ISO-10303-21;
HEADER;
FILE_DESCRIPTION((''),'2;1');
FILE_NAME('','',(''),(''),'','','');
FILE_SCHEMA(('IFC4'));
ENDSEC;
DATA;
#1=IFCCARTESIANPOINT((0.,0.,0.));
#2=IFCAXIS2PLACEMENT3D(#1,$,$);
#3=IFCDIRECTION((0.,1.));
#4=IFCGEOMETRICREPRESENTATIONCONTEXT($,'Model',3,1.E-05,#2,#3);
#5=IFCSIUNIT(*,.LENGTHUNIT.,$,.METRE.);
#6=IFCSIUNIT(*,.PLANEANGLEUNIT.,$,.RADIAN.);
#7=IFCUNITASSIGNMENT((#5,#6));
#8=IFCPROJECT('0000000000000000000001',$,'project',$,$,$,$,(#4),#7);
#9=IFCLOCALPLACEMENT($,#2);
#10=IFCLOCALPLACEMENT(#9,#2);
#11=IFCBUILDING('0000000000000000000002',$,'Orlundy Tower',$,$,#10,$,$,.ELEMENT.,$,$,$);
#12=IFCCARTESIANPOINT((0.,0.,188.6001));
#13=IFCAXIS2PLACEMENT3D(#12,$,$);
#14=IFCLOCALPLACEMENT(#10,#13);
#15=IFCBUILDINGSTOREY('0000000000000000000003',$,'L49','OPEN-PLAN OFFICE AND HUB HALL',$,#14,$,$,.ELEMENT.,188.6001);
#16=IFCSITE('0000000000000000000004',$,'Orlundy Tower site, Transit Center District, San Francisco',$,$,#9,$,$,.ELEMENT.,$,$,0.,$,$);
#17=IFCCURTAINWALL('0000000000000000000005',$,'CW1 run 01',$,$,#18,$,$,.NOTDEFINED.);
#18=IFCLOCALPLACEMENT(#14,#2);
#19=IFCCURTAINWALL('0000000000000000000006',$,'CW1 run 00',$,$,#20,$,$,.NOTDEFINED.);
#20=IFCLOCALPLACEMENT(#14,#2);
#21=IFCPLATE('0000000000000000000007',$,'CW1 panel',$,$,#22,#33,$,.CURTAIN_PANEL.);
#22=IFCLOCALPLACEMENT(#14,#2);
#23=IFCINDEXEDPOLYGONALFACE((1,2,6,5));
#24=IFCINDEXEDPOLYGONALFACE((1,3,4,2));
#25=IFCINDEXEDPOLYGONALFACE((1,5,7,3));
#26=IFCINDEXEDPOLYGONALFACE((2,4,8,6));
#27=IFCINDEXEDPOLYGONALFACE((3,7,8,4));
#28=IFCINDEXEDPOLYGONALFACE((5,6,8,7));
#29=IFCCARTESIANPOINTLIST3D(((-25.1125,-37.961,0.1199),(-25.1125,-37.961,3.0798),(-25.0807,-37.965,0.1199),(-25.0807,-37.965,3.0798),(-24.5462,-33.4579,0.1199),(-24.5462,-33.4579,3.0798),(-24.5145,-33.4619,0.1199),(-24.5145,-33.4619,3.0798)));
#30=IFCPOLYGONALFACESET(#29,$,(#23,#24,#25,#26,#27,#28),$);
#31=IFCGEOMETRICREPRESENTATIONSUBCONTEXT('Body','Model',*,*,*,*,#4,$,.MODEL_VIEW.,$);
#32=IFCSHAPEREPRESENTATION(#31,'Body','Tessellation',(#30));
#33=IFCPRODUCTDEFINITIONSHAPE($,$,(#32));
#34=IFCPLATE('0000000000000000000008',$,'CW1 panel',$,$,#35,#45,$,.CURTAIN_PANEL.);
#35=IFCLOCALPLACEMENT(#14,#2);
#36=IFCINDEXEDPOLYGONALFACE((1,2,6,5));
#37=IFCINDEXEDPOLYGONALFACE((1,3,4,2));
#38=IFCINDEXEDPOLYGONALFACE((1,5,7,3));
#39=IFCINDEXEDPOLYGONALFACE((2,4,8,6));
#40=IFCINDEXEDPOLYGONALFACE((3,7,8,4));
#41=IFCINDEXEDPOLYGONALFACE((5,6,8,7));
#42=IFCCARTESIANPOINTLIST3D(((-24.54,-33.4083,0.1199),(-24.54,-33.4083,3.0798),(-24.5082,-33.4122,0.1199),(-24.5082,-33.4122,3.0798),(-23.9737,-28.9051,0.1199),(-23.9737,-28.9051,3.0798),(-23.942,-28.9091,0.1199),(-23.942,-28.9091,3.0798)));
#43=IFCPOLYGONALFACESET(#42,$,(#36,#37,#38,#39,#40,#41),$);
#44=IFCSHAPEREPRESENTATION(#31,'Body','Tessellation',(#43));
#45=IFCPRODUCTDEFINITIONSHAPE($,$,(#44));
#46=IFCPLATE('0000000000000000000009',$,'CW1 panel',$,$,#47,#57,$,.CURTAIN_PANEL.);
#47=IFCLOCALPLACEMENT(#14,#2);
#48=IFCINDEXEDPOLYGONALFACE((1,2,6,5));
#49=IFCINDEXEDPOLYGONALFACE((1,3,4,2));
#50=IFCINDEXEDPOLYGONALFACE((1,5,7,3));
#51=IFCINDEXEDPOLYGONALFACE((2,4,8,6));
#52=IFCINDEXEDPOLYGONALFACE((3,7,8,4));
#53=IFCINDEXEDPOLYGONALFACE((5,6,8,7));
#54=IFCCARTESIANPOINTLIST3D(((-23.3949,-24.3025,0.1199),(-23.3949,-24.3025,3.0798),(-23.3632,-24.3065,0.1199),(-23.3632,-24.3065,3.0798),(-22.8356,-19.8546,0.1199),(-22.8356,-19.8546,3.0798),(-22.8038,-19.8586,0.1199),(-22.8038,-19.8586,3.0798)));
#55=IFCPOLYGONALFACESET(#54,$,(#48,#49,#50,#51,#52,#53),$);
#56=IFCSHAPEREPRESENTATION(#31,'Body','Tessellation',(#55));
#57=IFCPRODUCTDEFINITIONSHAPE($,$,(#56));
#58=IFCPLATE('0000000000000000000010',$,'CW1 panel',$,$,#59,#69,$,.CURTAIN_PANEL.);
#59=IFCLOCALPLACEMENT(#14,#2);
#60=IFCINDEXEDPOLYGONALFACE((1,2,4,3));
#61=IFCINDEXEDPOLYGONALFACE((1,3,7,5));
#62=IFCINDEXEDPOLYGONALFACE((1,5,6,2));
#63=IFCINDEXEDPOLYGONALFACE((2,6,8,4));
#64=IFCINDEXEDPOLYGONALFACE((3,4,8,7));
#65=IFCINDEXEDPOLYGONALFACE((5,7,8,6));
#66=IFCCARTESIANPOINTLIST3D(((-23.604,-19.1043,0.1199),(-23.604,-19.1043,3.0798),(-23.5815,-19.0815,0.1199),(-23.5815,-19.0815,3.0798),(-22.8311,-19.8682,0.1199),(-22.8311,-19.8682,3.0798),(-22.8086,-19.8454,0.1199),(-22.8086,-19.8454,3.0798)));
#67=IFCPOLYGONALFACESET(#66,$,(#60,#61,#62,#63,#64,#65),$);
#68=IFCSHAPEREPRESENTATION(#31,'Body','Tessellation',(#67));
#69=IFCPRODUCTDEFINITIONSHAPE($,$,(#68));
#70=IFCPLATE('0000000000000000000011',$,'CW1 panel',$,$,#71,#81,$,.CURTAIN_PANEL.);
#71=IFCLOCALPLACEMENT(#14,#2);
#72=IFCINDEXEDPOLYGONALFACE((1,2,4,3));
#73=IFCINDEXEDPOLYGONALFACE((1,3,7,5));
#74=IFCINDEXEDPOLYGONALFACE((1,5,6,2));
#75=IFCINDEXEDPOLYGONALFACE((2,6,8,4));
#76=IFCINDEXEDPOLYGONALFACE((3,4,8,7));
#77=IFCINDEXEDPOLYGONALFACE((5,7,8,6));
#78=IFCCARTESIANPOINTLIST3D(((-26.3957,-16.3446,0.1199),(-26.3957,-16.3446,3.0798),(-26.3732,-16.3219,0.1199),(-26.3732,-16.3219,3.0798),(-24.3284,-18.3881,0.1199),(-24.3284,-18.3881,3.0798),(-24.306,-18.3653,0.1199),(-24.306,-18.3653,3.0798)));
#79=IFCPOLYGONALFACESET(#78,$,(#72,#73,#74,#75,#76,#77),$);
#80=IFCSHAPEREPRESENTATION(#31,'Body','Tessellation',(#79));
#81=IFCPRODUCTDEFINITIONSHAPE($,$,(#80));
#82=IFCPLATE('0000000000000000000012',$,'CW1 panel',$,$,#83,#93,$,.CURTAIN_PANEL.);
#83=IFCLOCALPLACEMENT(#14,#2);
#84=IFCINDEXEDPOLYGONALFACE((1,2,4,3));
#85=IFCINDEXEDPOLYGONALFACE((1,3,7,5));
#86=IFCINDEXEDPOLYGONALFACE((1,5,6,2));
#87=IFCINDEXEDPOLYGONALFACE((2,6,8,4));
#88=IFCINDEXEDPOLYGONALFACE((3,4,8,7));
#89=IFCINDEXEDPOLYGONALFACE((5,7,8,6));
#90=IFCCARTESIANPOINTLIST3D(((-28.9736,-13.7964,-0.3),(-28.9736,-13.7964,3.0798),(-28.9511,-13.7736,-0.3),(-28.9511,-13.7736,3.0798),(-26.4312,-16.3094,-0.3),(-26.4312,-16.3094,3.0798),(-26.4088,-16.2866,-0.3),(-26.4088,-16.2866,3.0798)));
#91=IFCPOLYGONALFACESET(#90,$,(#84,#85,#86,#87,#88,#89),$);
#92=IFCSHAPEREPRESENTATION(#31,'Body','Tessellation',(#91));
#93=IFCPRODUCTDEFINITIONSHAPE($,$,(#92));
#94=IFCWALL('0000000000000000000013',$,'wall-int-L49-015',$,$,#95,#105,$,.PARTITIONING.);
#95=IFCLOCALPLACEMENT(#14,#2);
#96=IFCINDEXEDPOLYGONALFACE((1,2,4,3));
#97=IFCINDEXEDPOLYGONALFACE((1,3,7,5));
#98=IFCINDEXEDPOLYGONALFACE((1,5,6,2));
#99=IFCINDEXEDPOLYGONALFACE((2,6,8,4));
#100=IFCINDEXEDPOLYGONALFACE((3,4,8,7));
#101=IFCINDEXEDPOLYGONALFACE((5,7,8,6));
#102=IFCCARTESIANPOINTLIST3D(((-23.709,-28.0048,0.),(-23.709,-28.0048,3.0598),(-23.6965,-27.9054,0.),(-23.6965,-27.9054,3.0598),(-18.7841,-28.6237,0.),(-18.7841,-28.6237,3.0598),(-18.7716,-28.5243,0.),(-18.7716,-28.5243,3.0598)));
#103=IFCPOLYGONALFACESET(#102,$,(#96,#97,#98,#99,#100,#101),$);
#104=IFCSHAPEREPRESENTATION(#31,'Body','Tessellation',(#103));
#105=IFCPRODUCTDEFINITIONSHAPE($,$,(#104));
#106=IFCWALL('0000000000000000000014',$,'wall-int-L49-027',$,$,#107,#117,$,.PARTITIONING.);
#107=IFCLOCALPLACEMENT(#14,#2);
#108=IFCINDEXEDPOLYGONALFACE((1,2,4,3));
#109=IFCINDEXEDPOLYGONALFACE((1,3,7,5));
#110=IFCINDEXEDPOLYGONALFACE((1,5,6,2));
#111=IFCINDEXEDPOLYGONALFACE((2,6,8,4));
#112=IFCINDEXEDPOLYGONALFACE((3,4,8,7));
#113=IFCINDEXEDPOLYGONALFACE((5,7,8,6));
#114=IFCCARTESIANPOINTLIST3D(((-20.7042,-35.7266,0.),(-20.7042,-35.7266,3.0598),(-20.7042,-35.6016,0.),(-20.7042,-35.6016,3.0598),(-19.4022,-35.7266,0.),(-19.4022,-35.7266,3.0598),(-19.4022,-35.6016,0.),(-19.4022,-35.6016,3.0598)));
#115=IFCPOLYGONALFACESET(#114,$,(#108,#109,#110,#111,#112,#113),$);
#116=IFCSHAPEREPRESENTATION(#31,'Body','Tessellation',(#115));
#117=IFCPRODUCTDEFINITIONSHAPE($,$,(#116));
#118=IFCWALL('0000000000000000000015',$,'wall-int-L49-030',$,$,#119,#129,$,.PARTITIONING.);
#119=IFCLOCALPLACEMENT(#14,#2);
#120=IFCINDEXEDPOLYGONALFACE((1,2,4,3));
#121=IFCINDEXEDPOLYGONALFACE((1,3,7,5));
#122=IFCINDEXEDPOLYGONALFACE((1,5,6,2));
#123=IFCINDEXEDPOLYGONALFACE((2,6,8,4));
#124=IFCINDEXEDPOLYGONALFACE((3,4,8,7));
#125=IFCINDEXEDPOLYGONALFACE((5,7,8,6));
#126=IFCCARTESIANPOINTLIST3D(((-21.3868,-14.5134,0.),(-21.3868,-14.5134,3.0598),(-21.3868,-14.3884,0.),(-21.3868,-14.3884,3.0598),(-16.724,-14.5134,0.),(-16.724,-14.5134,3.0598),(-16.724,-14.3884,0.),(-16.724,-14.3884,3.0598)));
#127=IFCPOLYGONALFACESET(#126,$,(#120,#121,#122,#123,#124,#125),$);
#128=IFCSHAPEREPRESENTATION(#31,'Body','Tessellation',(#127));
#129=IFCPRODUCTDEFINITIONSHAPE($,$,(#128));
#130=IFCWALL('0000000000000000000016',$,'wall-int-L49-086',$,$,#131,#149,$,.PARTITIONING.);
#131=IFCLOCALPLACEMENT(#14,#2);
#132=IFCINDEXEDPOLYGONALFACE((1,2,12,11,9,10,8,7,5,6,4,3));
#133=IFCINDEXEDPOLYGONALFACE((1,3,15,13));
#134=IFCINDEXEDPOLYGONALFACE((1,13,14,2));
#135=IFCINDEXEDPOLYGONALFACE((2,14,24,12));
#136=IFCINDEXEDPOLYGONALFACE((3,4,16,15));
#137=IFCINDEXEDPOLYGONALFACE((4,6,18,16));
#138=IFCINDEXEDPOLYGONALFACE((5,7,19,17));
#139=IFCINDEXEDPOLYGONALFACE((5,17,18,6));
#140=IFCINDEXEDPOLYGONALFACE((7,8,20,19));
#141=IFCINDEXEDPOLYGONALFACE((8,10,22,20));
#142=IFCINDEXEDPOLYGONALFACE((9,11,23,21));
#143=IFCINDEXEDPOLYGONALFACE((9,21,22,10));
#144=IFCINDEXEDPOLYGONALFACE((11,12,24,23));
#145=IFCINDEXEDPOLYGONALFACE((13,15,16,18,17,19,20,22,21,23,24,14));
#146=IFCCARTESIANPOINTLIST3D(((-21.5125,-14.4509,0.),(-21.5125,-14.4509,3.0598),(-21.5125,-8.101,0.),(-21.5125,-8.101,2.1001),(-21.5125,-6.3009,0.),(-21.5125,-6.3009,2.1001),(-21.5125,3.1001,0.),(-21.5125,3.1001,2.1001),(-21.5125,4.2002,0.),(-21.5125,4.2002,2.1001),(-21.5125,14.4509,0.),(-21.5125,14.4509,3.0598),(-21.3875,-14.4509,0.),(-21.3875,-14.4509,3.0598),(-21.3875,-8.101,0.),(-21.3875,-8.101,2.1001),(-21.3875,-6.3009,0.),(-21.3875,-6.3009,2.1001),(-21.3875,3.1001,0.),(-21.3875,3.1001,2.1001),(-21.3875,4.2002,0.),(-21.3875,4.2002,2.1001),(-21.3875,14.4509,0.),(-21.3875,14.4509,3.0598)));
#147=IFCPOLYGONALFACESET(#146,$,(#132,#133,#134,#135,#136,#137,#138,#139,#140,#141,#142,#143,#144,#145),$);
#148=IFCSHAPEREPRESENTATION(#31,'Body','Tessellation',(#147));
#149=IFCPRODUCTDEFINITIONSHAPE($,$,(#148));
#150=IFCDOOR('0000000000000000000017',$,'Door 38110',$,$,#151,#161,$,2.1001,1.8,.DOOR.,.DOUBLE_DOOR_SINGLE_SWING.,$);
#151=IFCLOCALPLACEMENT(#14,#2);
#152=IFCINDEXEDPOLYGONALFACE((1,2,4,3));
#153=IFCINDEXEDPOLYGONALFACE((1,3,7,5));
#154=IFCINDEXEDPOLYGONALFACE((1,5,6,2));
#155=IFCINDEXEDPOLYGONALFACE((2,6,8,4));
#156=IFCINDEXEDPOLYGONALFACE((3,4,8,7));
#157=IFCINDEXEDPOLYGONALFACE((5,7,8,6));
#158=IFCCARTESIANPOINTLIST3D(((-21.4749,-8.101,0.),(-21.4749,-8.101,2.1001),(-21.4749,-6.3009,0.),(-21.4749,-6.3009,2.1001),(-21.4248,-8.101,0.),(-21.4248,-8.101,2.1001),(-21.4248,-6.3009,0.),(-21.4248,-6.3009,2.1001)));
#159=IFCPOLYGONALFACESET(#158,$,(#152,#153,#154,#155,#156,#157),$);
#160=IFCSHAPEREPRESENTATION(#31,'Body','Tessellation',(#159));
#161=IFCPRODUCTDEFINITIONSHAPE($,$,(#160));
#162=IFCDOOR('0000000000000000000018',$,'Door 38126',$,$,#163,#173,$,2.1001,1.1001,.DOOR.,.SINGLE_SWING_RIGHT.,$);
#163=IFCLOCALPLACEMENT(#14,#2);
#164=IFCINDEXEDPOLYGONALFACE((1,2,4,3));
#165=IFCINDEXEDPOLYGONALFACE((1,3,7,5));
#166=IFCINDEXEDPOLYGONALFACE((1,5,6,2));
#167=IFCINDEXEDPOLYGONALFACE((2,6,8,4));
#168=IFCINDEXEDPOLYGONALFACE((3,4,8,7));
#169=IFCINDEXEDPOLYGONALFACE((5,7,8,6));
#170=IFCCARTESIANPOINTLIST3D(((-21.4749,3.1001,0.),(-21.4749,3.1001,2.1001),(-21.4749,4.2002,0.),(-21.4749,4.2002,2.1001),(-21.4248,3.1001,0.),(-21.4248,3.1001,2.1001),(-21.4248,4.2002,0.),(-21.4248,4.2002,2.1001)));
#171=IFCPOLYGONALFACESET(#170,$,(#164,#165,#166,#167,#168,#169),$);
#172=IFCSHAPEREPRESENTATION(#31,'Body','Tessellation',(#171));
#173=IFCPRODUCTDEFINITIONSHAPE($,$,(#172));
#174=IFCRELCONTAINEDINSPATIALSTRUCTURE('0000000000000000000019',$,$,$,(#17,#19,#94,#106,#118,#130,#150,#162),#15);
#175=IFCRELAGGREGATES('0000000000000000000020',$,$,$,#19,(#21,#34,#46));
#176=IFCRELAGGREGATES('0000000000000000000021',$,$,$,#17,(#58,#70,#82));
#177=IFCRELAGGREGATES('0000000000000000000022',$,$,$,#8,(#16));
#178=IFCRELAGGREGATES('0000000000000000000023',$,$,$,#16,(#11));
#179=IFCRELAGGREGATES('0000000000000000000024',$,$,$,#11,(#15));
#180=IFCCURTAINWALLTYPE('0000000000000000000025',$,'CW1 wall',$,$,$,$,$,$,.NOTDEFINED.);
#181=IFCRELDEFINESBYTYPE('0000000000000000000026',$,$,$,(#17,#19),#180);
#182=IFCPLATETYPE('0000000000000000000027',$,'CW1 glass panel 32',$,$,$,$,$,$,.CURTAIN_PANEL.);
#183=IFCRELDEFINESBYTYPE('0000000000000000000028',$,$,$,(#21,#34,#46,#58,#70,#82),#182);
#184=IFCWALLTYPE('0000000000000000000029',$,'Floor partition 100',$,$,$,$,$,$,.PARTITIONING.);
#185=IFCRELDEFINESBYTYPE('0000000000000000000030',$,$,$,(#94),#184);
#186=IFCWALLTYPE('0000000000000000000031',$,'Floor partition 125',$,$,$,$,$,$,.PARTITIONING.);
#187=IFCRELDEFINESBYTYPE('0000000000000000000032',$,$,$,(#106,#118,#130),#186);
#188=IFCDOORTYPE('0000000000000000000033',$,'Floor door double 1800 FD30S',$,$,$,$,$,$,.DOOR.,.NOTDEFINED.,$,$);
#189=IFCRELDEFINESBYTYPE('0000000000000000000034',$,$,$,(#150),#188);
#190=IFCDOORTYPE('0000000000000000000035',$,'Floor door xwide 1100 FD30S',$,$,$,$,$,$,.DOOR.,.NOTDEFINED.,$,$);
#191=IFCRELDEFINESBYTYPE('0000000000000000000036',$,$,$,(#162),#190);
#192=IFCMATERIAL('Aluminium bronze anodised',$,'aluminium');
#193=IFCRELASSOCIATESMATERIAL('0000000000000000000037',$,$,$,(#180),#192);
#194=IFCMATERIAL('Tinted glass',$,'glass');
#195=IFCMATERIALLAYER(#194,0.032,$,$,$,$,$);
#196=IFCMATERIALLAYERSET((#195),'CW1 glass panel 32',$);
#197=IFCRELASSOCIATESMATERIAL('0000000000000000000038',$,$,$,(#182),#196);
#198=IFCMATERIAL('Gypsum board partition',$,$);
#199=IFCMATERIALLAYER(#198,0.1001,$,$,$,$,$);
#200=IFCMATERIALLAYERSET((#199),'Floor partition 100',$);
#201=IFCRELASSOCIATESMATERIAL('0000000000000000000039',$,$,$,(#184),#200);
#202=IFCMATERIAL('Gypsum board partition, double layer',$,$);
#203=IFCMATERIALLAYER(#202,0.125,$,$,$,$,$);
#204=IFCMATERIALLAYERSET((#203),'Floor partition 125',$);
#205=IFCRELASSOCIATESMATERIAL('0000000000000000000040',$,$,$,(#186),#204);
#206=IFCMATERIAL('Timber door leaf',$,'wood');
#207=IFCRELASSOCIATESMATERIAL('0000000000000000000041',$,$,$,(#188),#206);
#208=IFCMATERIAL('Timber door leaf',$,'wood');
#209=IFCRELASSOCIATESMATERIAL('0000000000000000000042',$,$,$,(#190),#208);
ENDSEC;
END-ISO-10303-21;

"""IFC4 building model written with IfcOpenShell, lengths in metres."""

from ifc_helpers import new_model, si_unit, direction, frame, frame_2d, origin, origin_2d, place, context, subcontext, project, spatial, rectangle, extrude, material, layer, layer_set, type_object, element, fill, aggregate, save


model = new_model("IFC4")

# Units and contexts
model_context = context("Model", 3, precision=1e-05, world=origin(), true_north=direction((0.0, 1.0)))
body_context = subcontext(model_context, "Body", "Model", "MODEL_VIEW")
ifc_project = project(units=[si_unit("LENGTHUNIT", "METRE"), si_unit("PLANEANGLEUNIT", "RADIAN")], contexts=[model_context])

# Site, building, storey
site_placement = place(None, origin())
site = spatial("IfcSite", under=ifc_project, at=site_placement, Name="Orlundy Tower site, Transit Center District, San Francisco", CompositionType="ELEMENT", RefElevation=0.0)
building_placement = place(site_placement, origin())
building = spatial("IfcBuilding", under=site, at=building_placement, Name="Orlundy Tower", CompositionType="ELEMENT")
storey_placement = place(building_placement, frame((0.0, 0.0, 188.6001)))
storey = spatial("IfcBuildingStorey", under=building, at=storey_placement, Name="L49", Description="OPEN-PLAN OFFICE AND HUB HALL", CompositionType="ELEMENT", Elevation=188.6001)

# Curtain wall
ifc_material_1 = material(Name="Aluminium bronze anodised", Category="aluminium")
curtain_wall_type = type_object("IfcCurtainWallType", Name="CW1 wall", PredefinedType="NOTDEFINED", material=ifc_material_1)
curtain_wall_1_placement = place(storey_placement, origin())
curtain_wall_1 = element("IfcCurtainWall", 1, at=curtain_wall_1_placement, inside=storey, type_object=curtain_wall_type, Name="CW1 run 01", PredefinedType="NOTDEFINED")

# Curtain wall
curtain_wall_2_placement = place(storey_placement, origin())
curtain_wall_2 = element("IfcCurtainWall", 2, at=curtain_wall_2_placement, inside=storey, type_object=curtain_wall_type, Name="CW1 run 00", PredefinedType="NOTDEFINED")

# Plates
ifc_material_2 = material(Name="Tinted glass", Category="glass")
ifc_layer_1 = layer(ifc_material_2, 0.032)
ifc_layer_set_1 = layer_set([ifc_layer_1], Name="CW1 glass panel 32")
plate_type = type_object("IfcPlateType", Name="CW1 glass panel 32", PredefinedType="CURTAIN_PANEL", material=ifc_layer_set_1)
plate_1_placement = place(storey_placement, frame((-24.8135, -35.7114, 0.1199), z_axis=(0.0, 0.0, 1.0), x_axis=(0.124763, 0.992187, 0.0)))
plate_1 = element("IfcPlate", 3, at=plate_1_placement, type_object=plate_type, Name="CW1 panel", PredefinedType="CURTAIN_PANEL", context=body_context, shape_type="SweptSolid", body=[
    extrude(rectangle(XDim=4.5386, YDim=0.032, at=origin_2d()), origin(), (0.0, 0.0, 1.0), 2.96),
])
plate_2_placement = place(storey_placement, frame((-24.241, -31.1587, 0.1199), z_axis=(0.0, 0.0, 1.0), x_axis=(0.124763, 0.992187, 0.0)))
plate_2 = element("IfcPlate", 4, at=plate_2_placement, type_object=plate_type, Name="CW1 panel", PredefinedType="CURTAIN_PANEL", context=body_context, shape_type="SweptSolid", body=[
    extrude(rectangle(XDim=4.5386, YDim=0.032, at=origin_2d()), origin(), (0.0, 0.0, 1.0), 2.96),
])
plate_3_placement = place(storey_placement, frame((-23.0994, -22.0806, 0.1199), z_axis=(0.0, 0.0, 1.0), x_axis=(0.124763, 0.992187, 0.0)))
plate_3 = element("IfcPlate", 5, at=plate_3_placement, type_object=plate_type, Name="CW1 panel", PredefinedType="CURTAIN_PANEL", context=body_context, shape_type="SweptSolid", body=[
    extrude(rectangle(XDim=4.4829, YDim=0.032, at=origin_2d()), origin(), (0.0, 0.0, 1.0), 2.96),
])
aggregate(curtain_wall_2, [plate_1, plate_2, plate_3])
plate_4_placement = place(storey_placement, frame((-23.2063, -19.4749, 0.1199), z_axis=(0.0, 0.0, 1.0), x_axis=(-0.711198, 0.702992, 0.0)))
plate_4 = element("IfcPlate", 6, at=plate_4_placement, type_object=plate_type, Name="CW1 panel", PredefinedType="CURTAIN_PANEL", context=body_context, shape_type="SweptSolid", body=[
    extrude(rectangle(XDim=1.0867, YDim=0.032, at=origin_2d()), origin(), (0.0, 0.0, 1.0), 2.96),
])
plate_5_placement = place(storey_placement, frame((-25.3508, -17.355, 0.1199), z_axis=(0.0, 0.0, 1.0), x_axis=(-0.711198, 0.702992, 0.0)))
plate_5 = element("IfcPlate", 7, at=plate_5_placement, type_object=plate_type, Name="CW1 panel", PredefinedType="CURTAIN_PANEL", context=body_context, shape_type="SweptSolid", body=[
    extrude(rectangle(XDim=2.9067, YDim=0.032, at=origin_2d()), origin(), (0.0, 0.0, 1.0), 2.96),
])
plate_6_placement = place(storey_placement, frame((-27.6912, -15.0415, -0.3), z_axis=(0.0, 0.0, 1.0), x_axis=(-0.711198, 0.702992, 0.0)))
plate_6 = element("IfcPlate", 8, at=plate_6_placement, type_object=plate_type, Name="CW1 panel", PredefinedType="CURTAIN_PANEL", context=body_context, shape_type="SweptSolid", body=[
    extrude(rectangle(XDim=3.5747, YDim=0.032, at=origin_2d()), origin(), (0.0, 0.0, 1.0), 3.3799),
])
aggregate(curtain_wall_1, [plate_4, plate_5, plate_6])

# Walls
ifc_material_3 = material(Name="Gypsum board partition")
ifc_layer_2 = layer(ifc_material_3, 0.1001)
ifc_layer_set_2 = layer_set([ifc_layer_2], Name="Floor partition 100")
wall_type_1 = type_object("IfcWallType", Name="Floor partition 100", PredefinedType="PARTITIONING", material=ifc_layer_set_2)
wall_1_placement = place(storey_placement, frame((-23.7029, -27.9551, 0.0), z_axis=(0.0, 0.0, 1.0), x_axis=(0.992196, -0.124689, 0.0)))
element("IfcWall", 9, at=wall_1_placement, inside=storey, type_object=wall_type_1, Name="wall-int-L49-015", PredefinedType="PARTITIONING", context=body_context, shape_type="SweptSolid", body=[
    extrude(rectangle(XDim=4.9636, YDim=0.1001, at=frame_2d((2.4819, 0.0))), origin(), (0.0, 0.0, 1.0), 3.0598),
])
ifc_material_4 = material(Name="Gypsum board partition, double layer")
ifc_layer_3 = layer(ifc_material_4, 0.125)
ifc_layer_set_3 = layer_set([ifc_layer_3], Name="Floor partition 125")
wall_type_2 = type_object("IfcWallType", Name="Floor partition 125", PredefinedType="PARTITIONING", material=ifc_layer_set_3)
wall_2_placement = place(storey_placement, frame((-20.7041, -35.6641, 0.0), z_axis=(0.0, 0.0, 1.0), x_axis=(1.0, 0.0, 0.0)))
element("IfcWall", 10, at=wall_2_placement, inside=storey, type_object=wall_type_2, Name="wall-int-L49-027", PredefinedType="PARTITIONING", context=body_context, shape_type="SweptSolid", body=[
    extrude(rectangle(XDim=1.302, YDim=0.125, at=frame_2d((0.6509, 0.0))), origin(), (0.0, 0.0, 1.0), 3.0598),
])
wall_3_placement = place(storey_placement, frame((-21.387, -14.4509, 0.0), z_axis=(0.0, 0.0, 1.0), x_axis=(1.0, 0.0, 0.0)))
element("IfcWall", 11, at=wall_3_placement, inside=storey, type_object=wall_type_2, Name="wall-int-L49-030", PredefinedType="PARTITIONING", context=body_context, shape_type="SweptSolid", body=[
    extrude(rectangle(XDim=4.6628, YDim=0.125, at=frame_2d((2.3315, 0.0))), origin(), (0.0, 0.0, 1.0), 3.0598),
])

# Wall, openings, doors
wall_4_placement = place(storey_placement, frame((-21.45, -14.4509, 0.0), z_axis=(0.0, 0.0, 1.0), x_axis=(0.0, 1.0, 0.0)))
wall_4 = element("IfcWall", 12, at=wall_4_placement, inside=storey, type_object=wall_type_2, Name="wall-int-L49-086", PredefinedType="PARTITIONING", context=body_context, shape_type="SweptSolid", body=[
    extrude(rectangle(XDim=28.9019, YDim=0.125, at=frame_2d((14.4509, 0.0))), origin(), (0.0, 0.0, 1.0), 3.0598),
])
opening_1_placement = place(wall_4_placement, frame((6.3501, 0.0, 0.0)))
opening_1 = element("IfcOpeningElement", 13, at=opening_1_placement, cuts=wall_4, PredefinedType="OPENING", context=body_context, shape_type="SweptSolid", body=[
    extrude(rectangle(XDim=1.8, YDim=2.1001, at=frame_2d((0.8999, 1.05))), frame((0.0, 0.0725, 0.0), z_axis=(0.0, -1.0, 0.0), x_axis=(1.0, 0.0, 0.0)), (0.0, 0.0, 1.0), 0.145),
])
opening_2_placement = place(wall_4_placement, frame((17.551, 0.0, 0.0)))
opening_2 = element("IfcOpeningElement", 14, at=opening_2_placement, cuts=wall_4, PredefinedType="OPENING", context=body_context, shape_type="SweptSolid", body=[
    extrude(rectangle(XDim=1.1001, YDim=2.1001, at=frame_2d((0.55, 1.05))), frame((0.0, 0.0725, 0.0), z_axis=(0.0, -1.0, 0.0), x_axis=(1.0, 0.0, 0.0)), (0.0, 0.0, 1.0), 0.145),
])
ifc_material_5 = material(Name="Timber door leaf", Category="wood")
door_type_1 = type_object("IfcDoorType", Name="Floor door double 1800 FD30S", OperationType="NOTDEFINED", PredefinedType="DOOR", material=ifc_material_5)
door_1_placement = place(opening_1_placement, origin())
door_1 = element("IfcDoor", 15, at=door_1_placement, inside=storey, type_object=door_type_1, Name="Door 38110", OperationType="DOUBLE_DOOR_SINGLE_SWING", OverallHeight=2.1001, OverallWidth=1.8, PredefinedType="DOOR", context=body_context, shape_type="SweptSolid", body=[
    extrude(rectangle(XDim=1.8, YDim=2.1001, at=frame_2d((0.8999, 1.05))), frame((0.0, 0.0249, 0.0), z_axis=(0.0, -1.0, 0.0), x_axis=(1.0, 0.0, 0.0)), (0.0, 0.0, 1.0), 0.05),
])
fill(opening_1, door_1)
ifc_material_6 = material(Name="Timber door leaf", Category="wood")
door_type_2 = type_object("IfcDoorType", Name="Floor door xwide 1100 FD30S", OperationType="NOTDEFINED", PredefinedType="DOOR", material=ifc_material_6)
door_2_placement = place(opening_2_placement, origin())
door_2 = element("IfcDoor", 16, at=door_2_placement, inside=storey, type_object=door_type_2, Name="Door 38126", OperationType="SINGLE_SWING_RIGHT", OverallHeight=2.1001, OverallWidth=1.1001, PredefinedType="DOOR", context=body_context, shape_type="SweptSolid", body=[
    extrude(rectangle(XDim=1.1001, YDim=2.1001, at=frame_2d((0.55, 1.05))), frame((0.0, 0.0249, 0.0), z_axis=(0.0, -1.0, 0.0), x_axis=(1.0, 0.0, 0.0)), (0.0, 0.0, 1.0), 0.05),
])
fill(opening_2, door_2)

save(model, "model.ifc")
